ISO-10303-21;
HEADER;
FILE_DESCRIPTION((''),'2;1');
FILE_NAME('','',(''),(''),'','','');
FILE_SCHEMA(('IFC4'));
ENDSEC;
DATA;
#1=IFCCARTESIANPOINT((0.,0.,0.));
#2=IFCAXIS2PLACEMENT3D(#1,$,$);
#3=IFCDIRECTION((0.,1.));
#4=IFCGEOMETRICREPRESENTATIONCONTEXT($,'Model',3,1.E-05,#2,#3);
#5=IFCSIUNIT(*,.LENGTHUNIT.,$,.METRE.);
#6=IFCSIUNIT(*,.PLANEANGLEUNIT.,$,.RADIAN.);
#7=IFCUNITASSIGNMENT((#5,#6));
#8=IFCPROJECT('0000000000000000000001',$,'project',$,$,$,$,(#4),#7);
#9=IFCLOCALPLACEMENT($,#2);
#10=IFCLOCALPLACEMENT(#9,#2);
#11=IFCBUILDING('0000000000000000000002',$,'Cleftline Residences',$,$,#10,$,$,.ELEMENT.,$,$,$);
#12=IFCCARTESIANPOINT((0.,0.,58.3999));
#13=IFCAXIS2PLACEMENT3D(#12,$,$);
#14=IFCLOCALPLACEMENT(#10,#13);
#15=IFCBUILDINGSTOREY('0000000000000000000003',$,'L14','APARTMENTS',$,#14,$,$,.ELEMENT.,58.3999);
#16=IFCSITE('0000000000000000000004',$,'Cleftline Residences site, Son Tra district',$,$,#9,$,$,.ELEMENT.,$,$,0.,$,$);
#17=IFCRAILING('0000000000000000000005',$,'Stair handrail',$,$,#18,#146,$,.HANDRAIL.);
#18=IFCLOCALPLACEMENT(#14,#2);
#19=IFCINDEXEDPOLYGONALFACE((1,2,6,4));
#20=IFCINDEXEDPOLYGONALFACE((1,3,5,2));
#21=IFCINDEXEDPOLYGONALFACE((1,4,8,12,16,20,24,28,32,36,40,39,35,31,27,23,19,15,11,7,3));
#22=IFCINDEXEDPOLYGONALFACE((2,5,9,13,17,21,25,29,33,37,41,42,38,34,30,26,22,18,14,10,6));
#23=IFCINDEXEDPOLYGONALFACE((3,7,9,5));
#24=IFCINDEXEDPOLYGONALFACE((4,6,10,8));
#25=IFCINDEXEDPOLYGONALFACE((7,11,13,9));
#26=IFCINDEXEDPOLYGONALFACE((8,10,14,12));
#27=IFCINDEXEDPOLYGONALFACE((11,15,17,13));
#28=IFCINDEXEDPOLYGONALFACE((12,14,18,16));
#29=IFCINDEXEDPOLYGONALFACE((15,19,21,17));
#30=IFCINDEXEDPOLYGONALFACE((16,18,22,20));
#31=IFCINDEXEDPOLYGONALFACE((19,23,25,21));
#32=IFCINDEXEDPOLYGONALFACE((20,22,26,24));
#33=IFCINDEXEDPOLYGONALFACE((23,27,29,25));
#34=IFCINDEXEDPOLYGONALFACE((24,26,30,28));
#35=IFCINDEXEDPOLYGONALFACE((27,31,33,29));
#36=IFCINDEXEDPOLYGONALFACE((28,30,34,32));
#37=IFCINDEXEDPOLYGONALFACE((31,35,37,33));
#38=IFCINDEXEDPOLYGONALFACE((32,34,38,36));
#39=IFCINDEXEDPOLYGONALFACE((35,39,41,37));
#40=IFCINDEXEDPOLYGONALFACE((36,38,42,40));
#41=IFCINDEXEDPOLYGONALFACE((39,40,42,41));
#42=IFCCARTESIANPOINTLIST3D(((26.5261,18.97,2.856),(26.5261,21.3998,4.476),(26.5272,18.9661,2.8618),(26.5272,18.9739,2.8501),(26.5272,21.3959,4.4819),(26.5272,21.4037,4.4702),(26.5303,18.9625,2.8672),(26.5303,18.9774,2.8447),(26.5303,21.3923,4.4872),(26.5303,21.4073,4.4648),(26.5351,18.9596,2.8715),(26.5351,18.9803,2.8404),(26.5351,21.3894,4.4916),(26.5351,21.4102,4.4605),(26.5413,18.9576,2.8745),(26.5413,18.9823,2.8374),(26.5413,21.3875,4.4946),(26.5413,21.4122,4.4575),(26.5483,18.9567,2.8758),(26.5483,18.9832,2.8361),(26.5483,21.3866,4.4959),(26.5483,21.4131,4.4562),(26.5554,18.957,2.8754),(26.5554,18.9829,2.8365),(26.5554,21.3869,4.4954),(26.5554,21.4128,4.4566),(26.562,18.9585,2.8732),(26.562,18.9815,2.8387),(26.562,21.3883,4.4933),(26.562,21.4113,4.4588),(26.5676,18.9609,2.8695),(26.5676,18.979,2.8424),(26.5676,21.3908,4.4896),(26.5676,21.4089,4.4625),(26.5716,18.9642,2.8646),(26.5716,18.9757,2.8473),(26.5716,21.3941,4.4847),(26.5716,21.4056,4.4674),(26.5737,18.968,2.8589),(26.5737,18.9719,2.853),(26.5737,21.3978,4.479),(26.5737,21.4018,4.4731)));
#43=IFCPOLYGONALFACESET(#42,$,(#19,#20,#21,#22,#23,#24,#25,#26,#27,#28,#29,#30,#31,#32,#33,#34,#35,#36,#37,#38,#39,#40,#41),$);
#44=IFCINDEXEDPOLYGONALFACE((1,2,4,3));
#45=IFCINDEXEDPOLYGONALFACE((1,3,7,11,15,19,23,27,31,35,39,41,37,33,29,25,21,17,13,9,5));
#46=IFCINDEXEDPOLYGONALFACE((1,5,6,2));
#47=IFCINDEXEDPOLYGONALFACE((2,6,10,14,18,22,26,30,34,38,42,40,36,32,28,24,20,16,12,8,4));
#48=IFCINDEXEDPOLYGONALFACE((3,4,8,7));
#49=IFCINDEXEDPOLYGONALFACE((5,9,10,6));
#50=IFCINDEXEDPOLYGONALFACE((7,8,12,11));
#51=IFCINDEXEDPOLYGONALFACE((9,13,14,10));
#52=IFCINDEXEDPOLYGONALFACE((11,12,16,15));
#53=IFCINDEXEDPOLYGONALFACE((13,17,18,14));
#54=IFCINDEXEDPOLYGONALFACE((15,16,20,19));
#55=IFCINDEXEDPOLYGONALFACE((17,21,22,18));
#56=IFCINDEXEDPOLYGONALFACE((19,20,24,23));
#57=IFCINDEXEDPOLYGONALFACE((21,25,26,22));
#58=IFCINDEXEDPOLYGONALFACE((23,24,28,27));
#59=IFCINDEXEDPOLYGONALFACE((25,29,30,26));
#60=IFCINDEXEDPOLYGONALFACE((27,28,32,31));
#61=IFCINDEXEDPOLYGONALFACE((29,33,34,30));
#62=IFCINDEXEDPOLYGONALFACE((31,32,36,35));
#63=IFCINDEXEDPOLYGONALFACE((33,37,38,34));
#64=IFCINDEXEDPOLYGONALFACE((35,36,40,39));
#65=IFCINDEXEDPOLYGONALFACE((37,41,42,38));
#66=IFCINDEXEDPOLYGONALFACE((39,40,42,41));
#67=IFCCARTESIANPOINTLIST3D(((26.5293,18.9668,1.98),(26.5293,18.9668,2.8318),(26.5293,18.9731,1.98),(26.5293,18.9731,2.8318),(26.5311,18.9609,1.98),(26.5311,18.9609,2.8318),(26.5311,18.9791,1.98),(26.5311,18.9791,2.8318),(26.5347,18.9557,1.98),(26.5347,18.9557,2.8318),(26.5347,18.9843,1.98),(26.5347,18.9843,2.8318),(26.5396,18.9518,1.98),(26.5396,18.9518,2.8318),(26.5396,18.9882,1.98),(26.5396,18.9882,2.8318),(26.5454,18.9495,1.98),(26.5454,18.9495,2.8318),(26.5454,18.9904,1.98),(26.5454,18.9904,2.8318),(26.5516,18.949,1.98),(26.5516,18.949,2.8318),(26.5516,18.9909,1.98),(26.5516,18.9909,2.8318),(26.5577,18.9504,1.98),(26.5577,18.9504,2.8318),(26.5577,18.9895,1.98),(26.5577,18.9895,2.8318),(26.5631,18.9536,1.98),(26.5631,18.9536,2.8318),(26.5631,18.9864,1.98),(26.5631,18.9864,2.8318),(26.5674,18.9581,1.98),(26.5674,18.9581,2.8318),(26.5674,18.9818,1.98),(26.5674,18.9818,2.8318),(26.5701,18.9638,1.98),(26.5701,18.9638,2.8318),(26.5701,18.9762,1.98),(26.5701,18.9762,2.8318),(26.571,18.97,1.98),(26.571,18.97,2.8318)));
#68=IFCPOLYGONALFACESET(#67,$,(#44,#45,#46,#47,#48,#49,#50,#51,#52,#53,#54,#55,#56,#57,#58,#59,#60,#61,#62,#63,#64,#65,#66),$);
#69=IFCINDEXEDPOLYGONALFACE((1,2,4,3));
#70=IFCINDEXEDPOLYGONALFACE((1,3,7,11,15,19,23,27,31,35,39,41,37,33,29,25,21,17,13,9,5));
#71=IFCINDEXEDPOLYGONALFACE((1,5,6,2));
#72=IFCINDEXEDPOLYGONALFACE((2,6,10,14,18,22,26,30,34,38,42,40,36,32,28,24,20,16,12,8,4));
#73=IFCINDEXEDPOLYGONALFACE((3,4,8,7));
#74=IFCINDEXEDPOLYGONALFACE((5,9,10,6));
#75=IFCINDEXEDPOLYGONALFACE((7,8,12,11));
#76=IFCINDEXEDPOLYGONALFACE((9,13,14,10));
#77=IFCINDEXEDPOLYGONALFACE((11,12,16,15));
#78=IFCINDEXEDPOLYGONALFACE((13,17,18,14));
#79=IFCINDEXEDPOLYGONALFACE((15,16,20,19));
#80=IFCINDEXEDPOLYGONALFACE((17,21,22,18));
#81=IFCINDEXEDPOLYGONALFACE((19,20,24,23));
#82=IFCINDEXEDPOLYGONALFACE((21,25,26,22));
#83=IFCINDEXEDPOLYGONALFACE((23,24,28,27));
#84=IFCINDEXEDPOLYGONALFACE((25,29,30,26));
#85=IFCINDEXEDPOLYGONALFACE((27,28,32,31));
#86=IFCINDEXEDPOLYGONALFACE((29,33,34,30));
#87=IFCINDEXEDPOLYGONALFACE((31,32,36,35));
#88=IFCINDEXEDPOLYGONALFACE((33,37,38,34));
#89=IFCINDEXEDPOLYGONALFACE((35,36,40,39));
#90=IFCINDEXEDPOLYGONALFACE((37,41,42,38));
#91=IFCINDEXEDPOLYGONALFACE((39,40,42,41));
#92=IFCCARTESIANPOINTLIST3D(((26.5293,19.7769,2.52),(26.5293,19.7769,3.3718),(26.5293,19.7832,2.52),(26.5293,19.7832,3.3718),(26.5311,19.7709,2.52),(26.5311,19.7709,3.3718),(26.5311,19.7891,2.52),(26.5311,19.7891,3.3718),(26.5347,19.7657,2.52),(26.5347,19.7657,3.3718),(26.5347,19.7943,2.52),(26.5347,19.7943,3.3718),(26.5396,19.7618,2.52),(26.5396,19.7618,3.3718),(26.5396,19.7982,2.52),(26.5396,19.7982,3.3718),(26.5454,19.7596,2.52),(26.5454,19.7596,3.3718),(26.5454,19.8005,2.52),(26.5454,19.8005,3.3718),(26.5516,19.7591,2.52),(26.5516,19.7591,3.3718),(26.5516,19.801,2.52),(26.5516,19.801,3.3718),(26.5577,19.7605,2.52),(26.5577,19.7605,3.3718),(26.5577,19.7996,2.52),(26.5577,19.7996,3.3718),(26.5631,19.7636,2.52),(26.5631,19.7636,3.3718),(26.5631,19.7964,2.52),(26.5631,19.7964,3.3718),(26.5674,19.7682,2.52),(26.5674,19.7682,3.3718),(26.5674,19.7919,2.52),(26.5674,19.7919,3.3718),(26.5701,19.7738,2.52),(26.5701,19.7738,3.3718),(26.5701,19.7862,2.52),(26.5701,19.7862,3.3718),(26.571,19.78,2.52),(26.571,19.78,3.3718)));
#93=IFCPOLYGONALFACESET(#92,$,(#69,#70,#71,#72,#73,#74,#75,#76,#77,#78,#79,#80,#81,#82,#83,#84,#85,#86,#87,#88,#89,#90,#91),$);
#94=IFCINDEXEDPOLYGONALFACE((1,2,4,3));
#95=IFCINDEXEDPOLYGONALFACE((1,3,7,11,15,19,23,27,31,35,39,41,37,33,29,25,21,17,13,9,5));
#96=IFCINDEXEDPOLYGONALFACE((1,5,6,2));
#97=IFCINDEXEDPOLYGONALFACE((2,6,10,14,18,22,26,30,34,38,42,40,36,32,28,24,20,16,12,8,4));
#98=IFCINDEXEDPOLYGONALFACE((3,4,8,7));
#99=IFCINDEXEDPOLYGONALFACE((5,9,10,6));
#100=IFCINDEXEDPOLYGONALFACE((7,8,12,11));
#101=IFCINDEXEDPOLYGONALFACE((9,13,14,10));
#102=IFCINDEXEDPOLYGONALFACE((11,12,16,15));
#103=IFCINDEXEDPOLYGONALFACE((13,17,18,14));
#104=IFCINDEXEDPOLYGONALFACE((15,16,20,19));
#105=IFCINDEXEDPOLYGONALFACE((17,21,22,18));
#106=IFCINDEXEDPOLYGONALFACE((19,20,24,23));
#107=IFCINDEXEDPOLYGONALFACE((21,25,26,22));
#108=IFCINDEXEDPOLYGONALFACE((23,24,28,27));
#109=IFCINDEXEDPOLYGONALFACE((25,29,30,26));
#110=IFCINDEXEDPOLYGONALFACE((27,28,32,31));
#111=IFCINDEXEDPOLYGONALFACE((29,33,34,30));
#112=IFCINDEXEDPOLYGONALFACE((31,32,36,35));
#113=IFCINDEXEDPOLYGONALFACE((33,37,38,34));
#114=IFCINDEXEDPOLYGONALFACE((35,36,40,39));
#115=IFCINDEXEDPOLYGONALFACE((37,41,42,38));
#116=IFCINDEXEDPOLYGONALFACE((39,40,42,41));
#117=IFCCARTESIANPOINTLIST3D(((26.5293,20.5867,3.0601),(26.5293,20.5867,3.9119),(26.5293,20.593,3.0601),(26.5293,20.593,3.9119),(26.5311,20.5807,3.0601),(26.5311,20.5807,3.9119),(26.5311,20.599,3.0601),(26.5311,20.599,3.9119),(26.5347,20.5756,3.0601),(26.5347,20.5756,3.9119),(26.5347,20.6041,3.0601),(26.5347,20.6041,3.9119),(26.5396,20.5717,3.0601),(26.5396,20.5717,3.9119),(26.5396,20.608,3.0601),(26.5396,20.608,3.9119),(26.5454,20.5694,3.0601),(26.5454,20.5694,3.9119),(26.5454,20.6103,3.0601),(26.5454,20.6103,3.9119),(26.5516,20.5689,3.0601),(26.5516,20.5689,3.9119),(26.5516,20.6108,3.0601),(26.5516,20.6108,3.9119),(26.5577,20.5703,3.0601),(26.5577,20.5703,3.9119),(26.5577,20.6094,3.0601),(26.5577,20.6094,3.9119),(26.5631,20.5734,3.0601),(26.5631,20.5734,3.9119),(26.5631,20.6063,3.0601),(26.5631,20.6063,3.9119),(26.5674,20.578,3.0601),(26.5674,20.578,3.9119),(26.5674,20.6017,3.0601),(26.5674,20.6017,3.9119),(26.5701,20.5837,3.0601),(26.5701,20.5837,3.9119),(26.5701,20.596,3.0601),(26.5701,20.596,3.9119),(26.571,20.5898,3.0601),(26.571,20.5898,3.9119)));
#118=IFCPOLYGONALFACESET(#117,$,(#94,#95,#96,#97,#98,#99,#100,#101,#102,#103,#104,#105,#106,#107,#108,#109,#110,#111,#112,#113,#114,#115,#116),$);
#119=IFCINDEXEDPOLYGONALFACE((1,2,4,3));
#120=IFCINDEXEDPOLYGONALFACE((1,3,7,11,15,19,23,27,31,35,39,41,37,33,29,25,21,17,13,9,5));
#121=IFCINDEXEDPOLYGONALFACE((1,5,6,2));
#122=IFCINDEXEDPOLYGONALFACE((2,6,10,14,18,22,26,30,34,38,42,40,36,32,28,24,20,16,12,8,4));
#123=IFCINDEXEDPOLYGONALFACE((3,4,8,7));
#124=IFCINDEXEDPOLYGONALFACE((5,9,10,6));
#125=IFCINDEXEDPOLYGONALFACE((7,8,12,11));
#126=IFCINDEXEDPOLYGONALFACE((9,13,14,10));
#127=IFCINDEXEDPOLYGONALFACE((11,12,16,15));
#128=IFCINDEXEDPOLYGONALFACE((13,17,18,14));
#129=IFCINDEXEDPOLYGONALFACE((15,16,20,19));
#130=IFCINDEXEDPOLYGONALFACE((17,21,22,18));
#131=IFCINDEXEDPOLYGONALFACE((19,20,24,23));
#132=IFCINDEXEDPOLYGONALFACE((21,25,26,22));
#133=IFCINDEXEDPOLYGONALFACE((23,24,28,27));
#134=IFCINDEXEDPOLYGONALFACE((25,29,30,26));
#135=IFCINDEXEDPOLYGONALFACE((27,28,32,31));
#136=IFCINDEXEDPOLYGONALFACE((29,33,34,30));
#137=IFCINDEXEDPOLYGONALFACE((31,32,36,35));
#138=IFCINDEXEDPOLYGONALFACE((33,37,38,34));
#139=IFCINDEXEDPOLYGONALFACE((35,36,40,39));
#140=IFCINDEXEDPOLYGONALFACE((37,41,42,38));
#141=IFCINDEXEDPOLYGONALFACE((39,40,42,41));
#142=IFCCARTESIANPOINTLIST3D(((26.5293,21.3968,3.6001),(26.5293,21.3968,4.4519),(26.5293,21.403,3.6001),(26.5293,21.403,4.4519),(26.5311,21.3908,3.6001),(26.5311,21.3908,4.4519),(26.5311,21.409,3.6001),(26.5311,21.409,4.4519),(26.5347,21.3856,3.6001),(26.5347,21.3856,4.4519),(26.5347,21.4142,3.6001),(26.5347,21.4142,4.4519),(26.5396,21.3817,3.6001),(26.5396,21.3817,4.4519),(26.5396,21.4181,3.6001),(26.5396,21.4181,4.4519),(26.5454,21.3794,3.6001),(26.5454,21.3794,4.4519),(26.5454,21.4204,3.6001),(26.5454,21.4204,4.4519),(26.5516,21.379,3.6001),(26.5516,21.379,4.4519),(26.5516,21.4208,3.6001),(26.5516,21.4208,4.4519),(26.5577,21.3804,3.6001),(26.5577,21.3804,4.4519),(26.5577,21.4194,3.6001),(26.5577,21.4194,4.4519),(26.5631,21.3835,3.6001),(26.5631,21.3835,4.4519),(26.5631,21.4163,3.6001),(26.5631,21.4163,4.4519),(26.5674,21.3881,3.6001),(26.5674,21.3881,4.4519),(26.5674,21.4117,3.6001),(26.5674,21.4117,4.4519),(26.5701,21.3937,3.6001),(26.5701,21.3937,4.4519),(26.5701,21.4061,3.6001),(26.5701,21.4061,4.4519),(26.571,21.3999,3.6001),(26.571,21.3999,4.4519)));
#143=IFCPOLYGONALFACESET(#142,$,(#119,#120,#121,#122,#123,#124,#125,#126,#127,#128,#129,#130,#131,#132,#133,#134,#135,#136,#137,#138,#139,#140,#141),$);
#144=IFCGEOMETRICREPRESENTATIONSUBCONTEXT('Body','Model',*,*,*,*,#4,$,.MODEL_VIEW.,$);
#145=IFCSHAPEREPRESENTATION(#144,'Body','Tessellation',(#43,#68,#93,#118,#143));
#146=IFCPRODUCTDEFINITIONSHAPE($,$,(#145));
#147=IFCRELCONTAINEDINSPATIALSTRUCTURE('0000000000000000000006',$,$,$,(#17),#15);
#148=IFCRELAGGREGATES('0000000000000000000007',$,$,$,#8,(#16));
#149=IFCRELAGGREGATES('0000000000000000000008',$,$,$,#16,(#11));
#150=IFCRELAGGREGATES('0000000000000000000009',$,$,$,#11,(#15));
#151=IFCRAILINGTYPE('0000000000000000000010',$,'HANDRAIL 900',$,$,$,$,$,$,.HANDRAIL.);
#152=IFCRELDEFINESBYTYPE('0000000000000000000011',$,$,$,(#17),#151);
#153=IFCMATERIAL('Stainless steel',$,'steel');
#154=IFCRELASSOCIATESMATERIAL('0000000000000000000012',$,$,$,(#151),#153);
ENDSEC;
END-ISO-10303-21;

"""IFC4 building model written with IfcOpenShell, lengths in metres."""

from ifc_helpers import new_model, si_unit, direction, frame, origin, origin_2d, place, context, subcontext, project, spatial, circle, extrude, material, type_object, element, save


model = new_model("IFC4")

# Units and contexts
model_context = context("Model", 3, precision=1e-05, world=origin(), true_north=direction((0.0, 1.0)))
body_context = subcontext(model_context, "Body", "Model", "MODEL_VIEW")
ifc_project = project(units=[si_unit("LENGTHUNIT", "METRE"), si_unit("PLANEANGLEUNIT", "RADIAN")], contexts=[model_context])

# Site, building, storey
site_placement = place(None, origin())
site = spatial("IfcSite", under=ifc_project, at=site_placement, Name="Cleftline Residences site, Son Tra district", CompositionType="ELEMENT", RefElevation=0.0)
building_placement = place(site_placement, origin())
building = spatial("IfcBuilding", under=site, at=building_placement, Name="Cleftline Residences", CompositionType="ELEMENT")
storey_placement = place(building_placement, frame((0.0, 0.0, 58.3999)))
storey = spatial("IfcBuildingStorey", under=building, at=storey_placement, Name="L14", Description="APARTMENTS", CompositionType="ELEMENT", Elevation=58.3999)

# Railing
ifc_material_1 = material(Name="Stainless steel", Category="steel")
railing_type = type_object("IfcRailingType", Name="HANDRAIL 900", PredefinedType="HANDRAIL", material=ifc_material_1)
railing_1_placement = place(storey_placement, frame((26.55, 18.97, 1.98)))
element("IfcRailing", 1, at=railing_1_placement, inside=storey, type_object=railing_type, Name="Stair handrail", PredefinedType="HANDRAIL", context=body_context, shape_type="SweptSolid", body=[
    extrude(circle(Radius=0.0239, at=origin_2d()), frame((0.0, 0.0, 0.876), z_axis=(0.0, 0.832025, 0.554739), x_axis=(-1.0, 0.0, 0.0)), (0.0, 0.0, 1.0), 2.9204),
    extrude(circle(Radius=0.021, at=origin_2d()), origin(), (0.0, 0.0, 1.0), 0.8518),
    extrude(circle(Radius=0.021, at=origin_2d()), frame((0.0, 0.8101, 0.54)), (0.0, 0.0, 1.0), 0.8518),
    extrude(circle(Radius=0.021, at=origin_2d()), frame((0.0, 1.6199, 1.0801)), (0.0, 0.0, 1.0), 0.8518),
    extrude(circle(Radius=0.021, at=origin_2d()), frame((0.0, 2.4299, 1.6201)), (0.0, 0.0, 1.0), 0.8518),
])

save(model, "model.ifc")
